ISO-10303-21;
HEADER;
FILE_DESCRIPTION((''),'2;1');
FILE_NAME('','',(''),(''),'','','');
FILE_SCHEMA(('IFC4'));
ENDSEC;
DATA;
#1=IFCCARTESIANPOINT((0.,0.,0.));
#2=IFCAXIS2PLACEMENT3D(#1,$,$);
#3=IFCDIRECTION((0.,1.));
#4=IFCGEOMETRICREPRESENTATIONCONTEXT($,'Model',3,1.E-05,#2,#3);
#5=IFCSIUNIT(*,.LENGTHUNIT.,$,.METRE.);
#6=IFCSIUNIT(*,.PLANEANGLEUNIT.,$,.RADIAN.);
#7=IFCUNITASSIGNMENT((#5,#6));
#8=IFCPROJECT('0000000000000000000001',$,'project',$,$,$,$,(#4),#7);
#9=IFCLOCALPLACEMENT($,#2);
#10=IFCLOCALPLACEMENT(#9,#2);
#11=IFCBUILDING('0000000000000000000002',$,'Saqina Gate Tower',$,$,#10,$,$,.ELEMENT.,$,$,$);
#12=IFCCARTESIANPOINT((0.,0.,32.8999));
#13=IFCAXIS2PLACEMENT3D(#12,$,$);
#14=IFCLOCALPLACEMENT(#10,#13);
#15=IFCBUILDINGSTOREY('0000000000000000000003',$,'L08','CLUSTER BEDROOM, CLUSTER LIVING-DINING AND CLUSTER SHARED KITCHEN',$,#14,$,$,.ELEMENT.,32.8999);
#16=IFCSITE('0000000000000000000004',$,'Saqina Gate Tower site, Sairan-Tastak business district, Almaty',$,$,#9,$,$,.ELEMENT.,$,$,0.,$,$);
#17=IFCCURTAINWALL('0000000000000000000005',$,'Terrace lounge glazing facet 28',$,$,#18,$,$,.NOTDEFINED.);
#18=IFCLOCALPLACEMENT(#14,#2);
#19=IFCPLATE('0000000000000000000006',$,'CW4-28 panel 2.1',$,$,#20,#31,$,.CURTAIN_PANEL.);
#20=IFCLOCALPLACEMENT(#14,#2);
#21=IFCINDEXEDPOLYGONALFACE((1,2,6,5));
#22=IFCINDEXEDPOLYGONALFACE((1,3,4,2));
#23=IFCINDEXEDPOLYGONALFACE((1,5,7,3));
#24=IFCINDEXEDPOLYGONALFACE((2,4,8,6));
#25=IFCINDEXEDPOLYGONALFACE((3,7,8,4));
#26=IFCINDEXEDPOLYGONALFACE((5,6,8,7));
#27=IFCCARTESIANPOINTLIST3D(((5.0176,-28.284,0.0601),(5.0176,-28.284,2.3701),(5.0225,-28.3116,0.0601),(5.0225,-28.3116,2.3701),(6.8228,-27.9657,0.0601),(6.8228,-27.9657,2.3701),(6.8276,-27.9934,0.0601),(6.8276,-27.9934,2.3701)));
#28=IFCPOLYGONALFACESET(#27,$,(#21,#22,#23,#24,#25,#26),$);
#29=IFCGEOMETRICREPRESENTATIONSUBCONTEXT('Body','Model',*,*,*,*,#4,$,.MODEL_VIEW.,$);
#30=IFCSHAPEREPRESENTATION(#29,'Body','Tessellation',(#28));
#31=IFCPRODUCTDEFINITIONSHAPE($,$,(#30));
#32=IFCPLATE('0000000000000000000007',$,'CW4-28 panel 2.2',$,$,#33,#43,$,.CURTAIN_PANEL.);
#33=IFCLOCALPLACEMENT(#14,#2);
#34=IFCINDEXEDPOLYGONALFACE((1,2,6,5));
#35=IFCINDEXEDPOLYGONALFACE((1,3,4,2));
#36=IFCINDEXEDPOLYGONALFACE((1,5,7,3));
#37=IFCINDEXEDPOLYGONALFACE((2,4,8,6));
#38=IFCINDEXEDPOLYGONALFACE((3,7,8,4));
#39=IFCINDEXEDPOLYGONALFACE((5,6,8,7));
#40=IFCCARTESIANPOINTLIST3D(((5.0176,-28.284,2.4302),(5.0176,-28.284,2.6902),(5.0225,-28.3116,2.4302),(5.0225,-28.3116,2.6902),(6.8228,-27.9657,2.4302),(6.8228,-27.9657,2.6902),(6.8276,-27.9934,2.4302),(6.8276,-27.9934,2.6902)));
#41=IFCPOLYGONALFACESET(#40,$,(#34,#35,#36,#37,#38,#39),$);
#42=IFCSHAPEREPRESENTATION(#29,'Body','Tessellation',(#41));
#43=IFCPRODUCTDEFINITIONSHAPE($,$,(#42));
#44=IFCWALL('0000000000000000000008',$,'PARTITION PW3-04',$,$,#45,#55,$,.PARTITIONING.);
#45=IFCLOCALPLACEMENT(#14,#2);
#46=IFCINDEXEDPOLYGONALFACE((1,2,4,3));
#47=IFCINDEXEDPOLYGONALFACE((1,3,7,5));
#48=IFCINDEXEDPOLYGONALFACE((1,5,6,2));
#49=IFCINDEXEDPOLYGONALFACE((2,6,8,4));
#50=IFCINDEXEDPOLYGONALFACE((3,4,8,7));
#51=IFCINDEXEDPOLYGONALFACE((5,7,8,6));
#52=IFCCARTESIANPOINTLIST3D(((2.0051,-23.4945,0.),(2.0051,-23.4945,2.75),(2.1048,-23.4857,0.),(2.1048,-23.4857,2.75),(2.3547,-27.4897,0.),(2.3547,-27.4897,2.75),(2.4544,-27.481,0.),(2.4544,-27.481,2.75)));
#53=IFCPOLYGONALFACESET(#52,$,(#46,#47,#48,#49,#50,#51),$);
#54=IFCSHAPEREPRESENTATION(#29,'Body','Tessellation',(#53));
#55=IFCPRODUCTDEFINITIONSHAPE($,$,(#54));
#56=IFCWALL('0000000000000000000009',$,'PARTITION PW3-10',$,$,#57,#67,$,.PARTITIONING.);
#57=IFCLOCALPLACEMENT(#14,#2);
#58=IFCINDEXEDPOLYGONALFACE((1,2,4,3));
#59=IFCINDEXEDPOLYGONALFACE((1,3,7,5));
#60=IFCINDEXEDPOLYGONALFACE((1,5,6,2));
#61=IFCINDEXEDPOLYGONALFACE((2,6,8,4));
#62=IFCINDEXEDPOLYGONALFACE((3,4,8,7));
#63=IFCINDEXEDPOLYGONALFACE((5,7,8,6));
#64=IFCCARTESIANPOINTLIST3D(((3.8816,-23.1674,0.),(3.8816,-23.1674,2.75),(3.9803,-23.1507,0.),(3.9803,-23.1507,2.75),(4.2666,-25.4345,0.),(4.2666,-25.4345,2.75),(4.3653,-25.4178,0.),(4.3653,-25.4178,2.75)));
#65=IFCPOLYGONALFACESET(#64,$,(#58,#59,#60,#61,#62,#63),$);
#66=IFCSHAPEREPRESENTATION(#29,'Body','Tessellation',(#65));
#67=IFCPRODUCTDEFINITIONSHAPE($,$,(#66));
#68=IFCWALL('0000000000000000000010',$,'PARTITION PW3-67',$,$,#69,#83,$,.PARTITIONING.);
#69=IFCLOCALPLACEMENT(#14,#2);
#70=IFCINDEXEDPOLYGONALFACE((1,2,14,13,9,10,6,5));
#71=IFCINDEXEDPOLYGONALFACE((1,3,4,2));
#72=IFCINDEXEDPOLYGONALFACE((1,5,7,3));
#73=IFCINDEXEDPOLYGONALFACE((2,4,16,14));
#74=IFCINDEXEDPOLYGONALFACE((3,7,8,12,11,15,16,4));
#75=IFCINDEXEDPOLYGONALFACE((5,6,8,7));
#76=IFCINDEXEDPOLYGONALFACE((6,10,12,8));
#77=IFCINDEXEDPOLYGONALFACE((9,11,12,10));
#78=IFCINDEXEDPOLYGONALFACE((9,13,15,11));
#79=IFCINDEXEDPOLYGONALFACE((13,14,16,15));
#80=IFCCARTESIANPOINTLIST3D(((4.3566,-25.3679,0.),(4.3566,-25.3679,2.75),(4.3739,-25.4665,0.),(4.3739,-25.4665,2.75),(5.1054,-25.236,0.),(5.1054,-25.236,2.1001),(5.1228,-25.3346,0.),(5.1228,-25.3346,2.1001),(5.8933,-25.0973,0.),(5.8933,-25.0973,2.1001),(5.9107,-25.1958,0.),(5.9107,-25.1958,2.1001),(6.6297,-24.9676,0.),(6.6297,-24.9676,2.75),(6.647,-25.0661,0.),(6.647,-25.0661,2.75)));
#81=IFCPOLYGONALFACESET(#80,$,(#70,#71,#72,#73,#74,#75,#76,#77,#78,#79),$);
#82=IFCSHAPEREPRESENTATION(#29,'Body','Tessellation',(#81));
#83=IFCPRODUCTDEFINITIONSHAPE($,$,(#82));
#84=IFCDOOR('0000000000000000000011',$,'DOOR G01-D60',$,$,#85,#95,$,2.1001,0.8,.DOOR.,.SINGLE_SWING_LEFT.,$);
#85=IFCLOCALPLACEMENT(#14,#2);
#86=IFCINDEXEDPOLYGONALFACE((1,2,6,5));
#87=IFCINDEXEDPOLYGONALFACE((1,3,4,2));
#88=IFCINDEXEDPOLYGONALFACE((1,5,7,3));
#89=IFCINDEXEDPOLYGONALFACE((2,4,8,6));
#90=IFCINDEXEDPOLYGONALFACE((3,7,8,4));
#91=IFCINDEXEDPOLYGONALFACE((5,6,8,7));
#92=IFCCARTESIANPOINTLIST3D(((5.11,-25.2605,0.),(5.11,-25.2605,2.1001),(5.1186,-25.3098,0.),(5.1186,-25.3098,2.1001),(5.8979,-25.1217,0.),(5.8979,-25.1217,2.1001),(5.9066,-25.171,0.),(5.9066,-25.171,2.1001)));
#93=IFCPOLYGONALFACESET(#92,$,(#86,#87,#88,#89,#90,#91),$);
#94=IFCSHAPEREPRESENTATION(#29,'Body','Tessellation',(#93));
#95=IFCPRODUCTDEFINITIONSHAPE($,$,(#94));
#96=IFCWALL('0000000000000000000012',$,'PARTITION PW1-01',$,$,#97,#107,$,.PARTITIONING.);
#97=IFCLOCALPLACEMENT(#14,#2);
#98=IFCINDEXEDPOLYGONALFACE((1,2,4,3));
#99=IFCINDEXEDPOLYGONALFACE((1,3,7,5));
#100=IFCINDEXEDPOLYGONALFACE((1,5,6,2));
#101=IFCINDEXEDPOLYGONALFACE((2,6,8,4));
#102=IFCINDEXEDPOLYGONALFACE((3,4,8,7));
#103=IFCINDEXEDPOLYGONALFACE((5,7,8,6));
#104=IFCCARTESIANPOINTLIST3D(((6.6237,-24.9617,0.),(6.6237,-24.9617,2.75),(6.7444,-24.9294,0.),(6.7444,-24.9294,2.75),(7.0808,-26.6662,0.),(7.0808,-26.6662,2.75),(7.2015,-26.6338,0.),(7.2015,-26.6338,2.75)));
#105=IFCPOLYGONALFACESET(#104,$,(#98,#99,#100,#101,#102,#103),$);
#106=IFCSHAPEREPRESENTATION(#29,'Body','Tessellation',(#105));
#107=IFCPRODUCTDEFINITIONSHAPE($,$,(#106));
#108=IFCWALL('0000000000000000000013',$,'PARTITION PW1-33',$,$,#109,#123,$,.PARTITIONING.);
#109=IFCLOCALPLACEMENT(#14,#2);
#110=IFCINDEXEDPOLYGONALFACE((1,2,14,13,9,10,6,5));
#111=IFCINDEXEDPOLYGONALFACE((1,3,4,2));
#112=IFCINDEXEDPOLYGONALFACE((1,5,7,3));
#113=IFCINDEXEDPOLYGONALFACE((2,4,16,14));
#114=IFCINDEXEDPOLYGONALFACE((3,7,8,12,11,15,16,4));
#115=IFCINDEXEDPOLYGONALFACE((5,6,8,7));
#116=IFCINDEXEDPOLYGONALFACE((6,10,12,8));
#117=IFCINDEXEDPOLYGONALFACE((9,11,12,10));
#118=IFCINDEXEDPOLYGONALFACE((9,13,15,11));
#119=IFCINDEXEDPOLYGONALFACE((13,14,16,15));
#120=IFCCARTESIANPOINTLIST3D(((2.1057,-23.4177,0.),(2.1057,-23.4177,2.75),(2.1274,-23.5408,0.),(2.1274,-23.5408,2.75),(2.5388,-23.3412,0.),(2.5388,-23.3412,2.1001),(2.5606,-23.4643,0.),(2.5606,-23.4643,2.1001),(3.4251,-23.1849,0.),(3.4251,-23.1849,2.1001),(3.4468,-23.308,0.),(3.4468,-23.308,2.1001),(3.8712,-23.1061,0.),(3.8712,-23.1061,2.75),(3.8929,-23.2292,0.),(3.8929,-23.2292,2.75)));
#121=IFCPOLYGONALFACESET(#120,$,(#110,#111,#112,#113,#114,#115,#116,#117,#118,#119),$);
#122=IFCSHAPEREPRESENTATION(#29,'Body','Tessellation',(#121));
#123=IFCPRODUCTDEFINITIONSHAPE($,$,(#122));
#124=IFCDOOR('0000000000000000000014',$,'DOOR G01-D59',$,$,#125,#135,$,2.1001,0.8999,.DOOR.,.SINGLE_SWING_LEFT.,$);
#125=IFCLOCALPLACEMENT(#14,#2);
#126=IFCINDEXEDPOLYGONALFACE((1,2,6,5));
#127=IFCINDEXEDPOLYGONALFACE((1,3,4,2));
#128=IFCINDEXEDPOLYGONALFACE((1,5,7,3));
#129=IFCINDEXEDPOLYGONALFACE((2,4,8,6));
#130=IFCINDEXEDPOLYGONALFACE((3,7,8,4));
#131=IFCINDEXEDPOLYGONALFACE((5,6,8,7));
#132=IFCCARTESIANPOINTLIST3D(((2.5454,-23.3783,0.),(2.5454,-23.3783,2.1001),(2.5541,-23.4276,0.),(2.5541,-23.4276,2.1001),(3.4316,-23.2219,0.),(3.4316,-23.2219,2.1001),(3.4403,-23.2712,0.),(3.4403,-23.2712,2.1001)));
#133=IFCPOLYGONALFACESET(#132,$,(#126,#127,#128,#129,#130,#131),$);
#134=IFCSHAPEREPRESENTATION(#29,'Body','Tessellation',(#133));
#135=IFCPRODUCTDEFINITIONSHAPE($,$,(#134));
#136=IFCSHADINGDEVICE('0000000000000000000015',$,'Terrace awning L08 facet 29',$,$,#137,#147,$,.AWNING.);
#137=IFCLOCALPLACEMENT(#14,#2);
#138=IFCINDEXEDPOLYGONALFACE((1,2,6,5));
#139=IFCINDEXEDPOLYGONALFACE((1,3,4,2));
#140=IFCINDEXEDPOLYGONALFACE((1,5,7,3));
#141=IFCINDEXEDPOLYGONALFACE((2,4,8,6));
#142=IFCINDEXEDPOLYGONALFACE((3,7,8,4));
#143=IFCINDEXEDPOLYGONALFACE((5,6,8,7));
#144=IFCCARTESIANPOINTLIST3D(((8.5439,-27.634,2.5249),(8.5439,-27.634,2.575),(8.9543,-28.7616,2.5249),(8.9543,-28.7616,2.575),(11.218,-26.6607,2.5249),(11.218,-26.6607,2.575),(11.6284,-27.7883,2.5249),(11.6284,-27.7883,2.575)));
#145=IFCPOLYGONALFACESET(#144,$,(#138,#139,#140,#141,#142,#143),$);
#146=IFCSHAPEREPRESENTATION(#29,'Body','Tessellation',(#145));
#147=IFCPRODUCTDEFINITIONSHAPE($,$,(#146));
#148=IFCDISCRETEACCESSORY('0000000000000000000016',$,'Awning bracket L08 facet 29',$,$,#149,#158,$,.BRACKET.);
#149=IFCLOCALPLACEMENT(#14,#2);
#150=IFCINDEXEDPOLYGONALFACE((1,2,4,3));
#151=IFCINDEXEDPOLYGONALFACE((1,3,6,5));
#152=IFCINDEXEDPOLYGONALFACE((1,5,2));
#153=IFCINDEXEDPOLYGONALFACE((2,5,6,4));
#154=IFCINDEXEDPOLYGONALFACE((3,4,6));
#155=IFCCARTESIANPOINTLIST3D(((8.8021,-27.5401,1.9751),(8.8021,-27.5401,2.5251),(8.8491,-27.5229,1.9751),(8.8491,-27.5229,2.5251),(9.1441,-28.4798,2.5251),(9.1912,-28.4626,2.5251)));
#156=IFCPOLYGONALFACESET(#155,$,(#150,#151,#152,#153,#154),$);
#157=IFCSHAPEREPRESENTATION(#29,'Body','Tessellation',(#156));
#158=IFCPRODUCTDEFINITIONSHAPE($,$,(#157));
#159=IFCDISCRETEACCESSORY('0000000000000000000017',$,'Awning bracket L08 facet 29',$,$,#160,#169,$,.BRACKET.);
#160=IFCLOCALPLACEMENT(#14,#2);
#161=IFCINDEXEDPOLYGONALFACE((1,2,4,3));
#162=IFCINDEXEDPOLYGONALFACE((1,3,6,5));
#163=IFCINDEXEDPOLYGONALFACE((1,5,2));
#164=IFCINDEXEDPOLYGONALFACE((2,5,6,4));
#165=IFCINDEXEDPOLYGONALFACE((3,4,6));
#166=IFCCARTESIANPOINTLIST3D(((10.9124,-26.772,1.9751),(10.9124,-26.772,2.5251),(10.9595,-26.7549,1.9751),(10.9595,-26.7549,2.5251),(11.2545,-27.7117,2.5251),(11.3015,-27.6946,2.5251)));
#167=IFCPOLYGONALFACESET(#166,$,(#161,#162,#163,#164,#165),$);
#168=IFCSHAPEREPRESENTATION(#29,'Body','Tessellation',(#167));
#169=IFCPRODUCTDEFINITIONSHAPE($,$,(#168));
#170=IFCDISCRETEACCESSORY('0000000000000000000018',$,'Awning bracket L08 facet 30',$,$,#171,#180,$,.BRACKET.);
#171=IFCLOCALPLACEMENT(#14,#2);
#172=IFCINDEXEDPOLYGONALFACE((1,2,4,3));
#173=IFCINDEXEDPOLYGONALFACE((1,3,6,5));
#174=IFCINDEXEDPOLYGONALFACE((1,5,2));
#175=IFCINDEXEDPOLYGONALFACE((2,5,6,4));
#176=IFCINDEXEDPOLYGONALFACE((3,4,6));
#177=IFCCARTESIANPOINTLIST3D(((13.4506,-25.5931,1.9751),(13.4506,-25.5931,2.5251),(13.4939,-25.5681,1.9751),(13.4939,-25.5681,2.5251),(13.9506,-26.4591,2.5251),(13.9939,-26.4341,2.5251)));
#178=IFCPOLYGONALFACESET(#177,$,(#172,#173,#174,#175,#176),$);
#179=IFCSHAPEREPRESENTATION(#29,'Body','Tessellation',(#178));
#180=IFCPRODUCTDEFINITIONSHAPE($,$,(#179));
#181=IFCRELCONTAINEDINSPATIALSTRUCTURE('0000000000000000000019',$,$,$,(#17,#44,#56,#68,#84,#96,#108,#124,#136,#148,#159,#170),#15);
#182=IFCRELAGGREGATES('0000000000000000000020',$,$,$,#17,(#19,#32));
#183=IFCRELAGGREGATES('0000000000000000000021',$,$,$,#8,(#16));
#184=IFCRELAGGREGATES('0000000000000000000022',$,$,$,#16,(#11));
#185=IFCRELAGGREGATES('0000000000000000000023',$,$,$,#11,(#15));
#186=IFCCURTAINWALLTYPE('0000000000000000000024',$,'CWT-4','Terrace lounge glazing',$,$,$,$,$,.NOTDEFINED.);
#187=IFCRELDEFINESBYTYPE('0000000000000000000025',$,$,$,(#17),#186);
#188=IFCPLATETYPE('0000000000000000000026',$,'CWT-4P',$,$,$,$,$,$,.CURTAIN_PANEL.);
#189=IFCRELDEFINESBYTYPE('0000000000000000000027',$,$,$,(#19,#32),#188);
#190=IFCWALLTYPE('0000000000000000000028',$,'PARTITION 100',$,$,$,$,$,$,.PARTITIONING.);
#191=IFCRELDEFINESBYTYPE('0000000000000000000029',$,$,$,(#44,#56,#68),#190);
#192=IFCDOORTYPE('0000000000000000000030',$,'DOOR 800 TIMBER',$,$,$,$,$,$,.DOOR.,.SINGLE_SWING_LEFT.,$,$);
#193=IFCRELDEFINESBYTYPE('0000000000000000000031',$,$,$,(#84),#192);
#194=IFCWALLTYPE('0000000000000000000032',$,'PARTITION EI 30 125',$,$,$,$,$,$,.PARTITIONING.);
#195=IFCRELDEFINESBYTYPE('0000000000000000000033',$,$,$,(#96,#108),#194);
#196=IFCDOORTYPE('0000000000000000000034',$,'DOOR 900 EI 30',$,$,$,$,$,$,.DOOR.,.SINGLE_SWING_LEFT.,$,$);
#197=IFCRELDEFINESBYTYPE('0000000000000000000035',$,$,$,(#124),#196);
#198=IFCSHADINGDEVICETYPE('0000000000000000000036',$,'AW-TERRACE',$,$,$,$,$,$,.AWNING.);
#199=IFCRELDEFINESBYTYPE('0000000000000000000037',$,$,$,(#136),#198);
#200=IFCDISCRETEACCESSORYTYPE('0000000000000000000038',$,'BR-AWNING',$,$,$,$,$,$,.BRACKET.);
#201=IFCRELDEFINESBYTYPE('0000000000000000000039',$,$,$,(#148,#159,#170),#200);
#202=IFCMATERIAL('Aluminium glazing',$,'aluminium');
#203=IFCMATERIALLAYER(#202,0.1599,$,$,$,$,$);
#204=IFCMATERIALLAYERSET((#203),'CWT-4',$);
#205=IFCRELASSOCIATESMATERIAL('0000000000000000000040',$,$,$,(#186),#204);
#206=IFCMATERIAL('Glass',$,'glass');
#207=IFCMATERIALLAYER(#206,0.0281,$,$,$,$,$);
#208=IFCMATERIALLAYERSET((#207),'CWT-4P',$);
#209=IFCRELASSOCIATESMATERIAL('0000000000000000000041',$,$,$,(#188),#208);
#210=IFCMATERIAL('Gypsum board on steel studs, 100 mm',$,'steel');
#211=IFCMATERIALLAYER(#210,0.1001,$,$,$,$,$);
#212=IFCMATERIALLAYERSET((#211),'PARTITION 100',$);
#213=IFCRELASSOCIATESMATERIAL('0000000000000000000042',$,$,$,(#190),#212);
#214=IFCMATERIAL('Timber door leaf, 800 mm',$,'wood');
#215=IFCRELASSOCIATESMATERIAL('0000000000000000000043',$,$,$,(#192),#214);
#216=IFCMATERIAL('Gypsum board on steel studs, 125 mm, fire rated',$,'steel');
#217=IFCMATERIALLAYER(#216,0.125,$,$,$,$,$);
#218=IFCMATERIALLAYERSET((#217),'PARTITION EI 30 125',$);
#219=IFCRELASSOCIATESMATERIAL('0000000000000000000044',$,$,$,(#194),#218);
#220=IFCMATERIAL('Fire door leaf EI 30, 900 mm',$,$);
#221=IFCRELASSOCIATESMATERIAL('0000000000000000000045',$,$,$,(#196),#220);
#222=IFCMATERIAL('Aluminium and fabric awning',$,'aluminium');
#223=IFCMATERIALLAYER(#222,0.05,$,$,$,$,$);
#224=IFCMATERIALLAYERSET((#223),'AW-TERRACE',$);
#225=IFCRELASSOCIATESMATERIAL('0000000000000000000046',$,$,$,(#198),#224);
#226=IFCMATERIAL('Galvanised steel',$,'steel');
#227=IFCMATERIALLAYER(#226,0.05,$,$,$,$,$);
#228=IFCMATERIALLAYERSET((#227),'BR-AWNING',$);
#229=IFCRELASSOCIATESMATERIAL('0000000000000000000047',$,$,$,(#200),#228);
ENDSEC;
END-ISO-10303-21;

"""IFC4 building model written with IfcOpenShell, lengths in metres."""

from ifc_helpers import new_model, si_unit, direction, frame, frame_2d, origin, origin_2d, place, context, subcontext, project, spatial, polyline, rectangle, outline, extrude, material, layer, layer_set, type_object, element, fill, aggregate, save


model = new_model("IFC4")

# Units and contexts
model_context = context("Model", 3, precision=1e-05, world=origin(), true_north=direction((0.0, 1.0)))
body_context = subcontext(model_context, "Body", "Model", "MODEL_VIEW")
ifc_project = project(units=[si_unit("LENGTHUNIT", "METRE"), si_unit("PLANEANGLEUNIT", "RADIAN")], contexts=[model_context])

# Site, building, storey
site_placement = place(None, origin())
site = spatial("IfcSite", under=ifc_project, at=site_placement, Name="Saqina Gate Tower site, Sairan-Tastak business district, Almaty", CompositionType="ELEMENT", RefElevation=0.0)
building_placement = place(site_placement, origin())
building = spatial("IfcBuilding", under=site, at=building_placement, Name="Saqina Gate Tower", CompositionType="ELEMENT")
storey_placement = place(building_placement, frame((0.0, 0.0, 32.8999)))
storey = spatial("IfcBuildingStorey", under=building, at=storey_placement, Name="L08", Description="CLUSTER BEDROOM, CLUSTER LIVING-DINING AND CLUSTER SHARED KITCHEN", CompositionType="ELEMENT", Elevation=32.8999)

# Curtain wall, plates
ifc_material_1 = material(Name="Aluminium glazing", Category="aluminium")
ifc_layer_1 = layer(ifc_material_1, 0.1599)
ifc_layer_set_1 = layer_set([ifc_layer_1], Name="CWT-4")
curtain_wall_type = type_object("IfcCurtainWallType", Name="CWT-4", Description="Terrace lounge glazing", PredefinedType="NOTDEFINED", material=ifc_layer_set_1)
curtain_wall_placement = place(storey_placement, origin())
curtain_wall = element("IfcCurtainWall", 1, at=curtain_wall_placement, inside=storey, type_object=curtain_wall_type, Name="Terrace lounge glazing facet 28", PredefinedType="NOTDEFINED")
ifc_material_2 = material(Name="Glass", Category="glass")
ifc_layer_2 = layer(ifc_material_2, 0.0281)
ifc_layer_set_2 = layer_set([ifc_layer_2], Name="CWT-4P")
plate_type = type_object("IfcPlateType", Name="CWT-4P", PredefinedType="CURTAIN_PANEL", material=ifc_layer_set_2)
plate_1_placement = place(storey_placement, frame((5.9226, -28.1387, 0.0601), z_axis=(0.0, 0.0, 1.0), x_axis=(0.984809, 0.173643, 0.0)))
plate_1 = element("IfcPlate", 2, at=plate_1_placement, type_object=plate_type, Name="CW4-28 panel 2.1", PredefinedType="CURTAIN_PANEL", context=body_context, shape_type="SweptSolid", body=[
    extrude(rectangle(XDim=1.833, YDim=0.0281, at=origin_2d()), origin(), (0.0, 0.0, 1.0), 2.3101),
])
plate_2_placement = place(storey_placement, frame((5.9226, -28.1387, 2.4302), z_axis=(0.0, 0.0, 1.0), x_axis=(0.984809, 0.173643, 0.0)))
plate_2 = element("IfcPlate", 3, at=plate_2_placement, type_object=plate_type, Name="CW4-28 panel 2.2", PredefinedType="CURTAIN_PANEL", context=body_context, shape_type="SweptSolid", body=[
    extrude(rectangle(XDim=1.833, YDim=0.0281, at=origin_2d()), origin(), (0.0, 0.0, 1.0), 0.26),
])
aggregate(curtain_wall, [plate_1, plate_2])

# Walls
ifc_material_3 = material(Name="Gypsum board on steel studs, 100 mm", Category="steel")
ifc_layer_3 = layer(ifc_material_3, 0.1001)
ifc_layer_set_3 = layer_set([ifc_layer_3], Name="PARTITION 100")
wall_type_1 = type_object("IfcWallType", Name="PARTITION 100", PredefinedType="PARTITIONING", material=ifc_layer_set_3)
wall_1_placement = place(storey_placement, frame((2.0549, -23.49, 0.0), z_axis=(0.0, 0.0, 1.0), x_axis=(0.087176, -0.996193, 0.0)))
element("IfcWall", 4, at=wall_1_placement, inside=storey, type_object=wall_type_1, Name="PARTITION PW3-04", PredefinedType="PARTITIONING", context=body_context, shape_type="SweptSolid", body=[
    extrude(rectangle(XDim=4.0105, YDim=0.1001, at=frame_2d((2.0054, 0.0))), origin(), (0.0, 0.0, 1.0), 2.75),
])
wall_2_placement = place(storey_placement, frame((3.9309, -23.1589, 0.0), z_axis=(0.0, 0.0, 1.0), x_axis=(0.167428, -0.985884, 0.0)))
element("IfcWall", 5, at=wall_2_placement, inside=storey, type_object=wall_type_1, Name="PARTITION PW3-10", PredefinedType="PARTITIONING", context=body_context, shape_type="SweptSolid", body=[
    extrude(rectangle(XDim=2.2996, YDim=0.1001, at=frame_2d((1.1499, 0.0))), origin(), (0.0, 0.0, 1.0), 2.75),
])

# Wall, opening, door
wall_3_placement = place(storey_placement, frame((4.3652, -25.4172, 0.0), z_axis=(0.0, 0.0, 1.0), x_axis=(0.98484, 0.173466, 0.0)))
wall_3 = element("IfcWall", 6, at=wall_3_placement, inside=storey, type_object=wall_type_1, Name="PARTITION PW3-67", PredefinedType="PARTITIONING", context=body_context, shape_type="SweptSolid", body=[
    extrude(rectangle(XDim=2.3081, YDim=0.1001, at=frame_2d((1.1541, 0.0))), origin(), (0.0, 0.0, 1.0), 2.75),
])
opening_1_placement = place(wall_3_placement, frame((0.7605, 0.0, 0.0)))
opening_1 = element("IfcOpeningElement", 7, at=opening_1_placement, cuts=wall_3, PredefinedType="OPENING", context=body_context, shape_type="SweptSolid", body=[
    extrude(rectangle(XDim=0.8, YDim=2.1001, at=frame_2d((0.3999, 1.05))), frame((0.0, 0.062, 0.0), z_axis=(0.0, -1.0, 0.0), x_axis=(1.0, 0.0, 0.0)), (0.0, 0.0, 1.0), 0.124),
])
ifc_material_4 = material(Name="Timber door leaf, 800 mm", Category="wood")
door_type_1 = type_object("IfcDoorType", Name="DOOR 800 TIMBER", OperationType="SINGLE_SWING_LEFT", PredefinedType="DOOR", material=ifc_material_4)
door_1_placement = place(opening_1_placement, frame((0.8, 0.0, 0.0), z_axis=(0.0, 0.0, 1.0), x_axis=(-1.0, 0.0, 0.0)))
door_1 = element("IfcDoor", 8, at=door_1_placement, inside=storey, type_object=door_type_1, Name="DOOR G01-D60", OperationType="SINGLE_SWING_LEFT", OverallHeight=2.1001, OverallWidth=0.8, PredefinedType="DOOR", context=body_context, shape_type="SweptSolid", body=[
    extrude(rectangle(XDim=0.8, YDim=2.1001, at=frame_2d((0.3999, 1.05))), frame((0.0, 0.0249, 0.0), z_axis=(0.0, -1.0, 0.0), x_axis=(1.0, 0.0, 0.0)), (0.0, 0.0, 1.0), 0.05),
])
fill(opening_1, door_1)

# Wall
ifc_material_5 = material(Name="Gypsum board on steel studs, 125 mm, fire rated", Category="steel")
ifc_layer_4 = layer(ifc_material_5, 0.125)
ifc_layer_set_4 = layer_set([ifc_layer_4], Name="PARTITION EI 30 125")
wall_type_2 = type_object("IfcWallType", Name="PARTITION EI 30 125", PredefinedType="PARTITIONING", material=ifc_layer_set_4)
wall_4_placement = place(storey_placement, frame((6.6841, -24.9456, 0.0), z_axis=(0.0, 0.0, 1.0), x_axis=(0.259006, -0.965876, 0.0)))
element("IfcWall", 9, at=wall_4_placement, inside=storey, type_object=wall_type_2, Name="PARTITION PW1-01", PredefinedType="PARTITIONING", context=body_context, shape_type="SweptSolid", body=[
    extrude(rectangle(XDim=1.7646, YDim=0.125, at=frame_2d((0.8823, 0.0))), origin(), (0.0, 0.0, 1.0), 2.75),
])

# Wall, opening, door
wall_5_placement = place(storey_placement, frame((2.1165, -23.4792, 0.0), z_axis=(0.0, 0.0, 1.0), x_axis=(0.984785, 0.173778, 0.0)))
wall_5 = element("IfcWall", 10, at=wall_5_placement, inside=storey, type_object=wall_type_2, Name="PARTITION PW1-33", PredefinedType="PARTITIONING", context=body_context, shape_type="SweptSolid", body=[
    extrude(rectangle(XDim=1.7927, YDim=0.125, at=frame_2d((0.8965, 0.0))), origin(), (0.0, 0.0, 1.0), 2.75),
])
opening_2_placement = place(wall_5_placement, frame((0.4399, 0.0, 0.0)))
opening_2 = element("IfcOpeningElement", 11, at=opening_2_placement, cuts=wall_5, PredefinedType="OPENING", context=body_context, shape_type="SweptSolid", body=[
    extrude(rectangle(XDim=0.8999, YDim=2.1001, at=frame_2d((0.45, 1.05))), frame((0.0, 0.0745, 0.0), z_axis=(0.0, -1.0, 0.0), x_axis=(1.0, 0.0, 0.0)), (0.0, 0.0, 1.0), 0.1489),
])
ifc_material_6 = material(Name="Fire door leaf EI 30, 900 mm")
door_type_2 = type_object("IfcDoorType", Name="DOOR 900 EI 30", OperationType="SINGLE_SWING_LEFT", PredefinedType="DOOR", material=ifc_material_6)
door_2_placement = place(opening_2_placement, origin())
door_2 = element("IfcDoor", 12, at=door_2_placement, inside=storey, type_object=door_type_2, Name="DOOR G01-D59", OperationType="SINGLE_SWING_LEFT", OverallHeight=2.1001, OverallWidth=0.8999, PredefinedType="DOOR", context=body_context, shape_type="SweptSolid", body=[
    extrude(rectangle(XDim=0.8999, YDim=2.1001, at=frame_2d((0.45, 1.05))), frame((0.0, 0.0249, 0.0), z_axis=(0.0, -1.0, 0.0), x_axis=(1.0, 0.0, 0.0)), (0.0, 0.0, 1.0), 0.05),
])
fill(opening_2, door_2)

# Shading device
ifc_material_7 = material(Name="Aluminium and fabric awning", Category="aluminium")
ifc_layer_5 = layer(ifc_material_7, 0.05)
ifc_layer_set_5 = layer_set([ifc_layer_5], Name="AW-TERRACE")
shading_device_type = type_object("IfcShadingDeviceType", Name="AW-TERRACE", PredefinedType="AWNING", material=ifc_layer_set_5)
shading_device_placement = place(storey_placement, frame((10.0862, -27.7112, 2.5249), z_axis=(0.0, 0.0, 1.0), x_axis=(0.939693, 0.34202, 0.0)))
element("IfcShadingDevice", 13, at=shading_device_placement, inside=storey, type_object=shading_device_type, Name="Terrace awning L08 facet 29", PredefinedType="AWNING", context=body_context, shape_type="SweptSolid", body=[
    extrude(rectangle(XDim=2.8457, YDim=1.2, at=origin_2d()), origin(), (0.0, 0.0, 1.0), 0.05),
])

# Discrete accessories
ifc_material_8 = material(Name="Galvanised steel", Category="steel")
ifc_layer_6 = layer(ifc_material_8, 0.05)
ifc_layer_set_6 = layer_set([ifc_layer_6], Name="BR-AWNING")
discrete_accessory_type = type_object("IfcDiscreteAccessoryType", Name="BR-AWNING", PredefinedType="BRACKET", material=ifc_layer_set_6)
for number, where, z_axis, x_axis, name in (
    (14, (8.8491, -27.5229, 1.9751), (0.939686, 0.342037, 0.0), (0.0, 0.0, 1.0), "Awning bracket L08 facet 29"),
    (15, (10.9595, -26.7549, 1.9751), (0.939686, 0.342037, 0.0), (0.0, 0.0, 1.0), "Awning bracket L08 facet 29"),
):
    element("IfcDiscreteAccessory", number, at=place(storey_placement, frame(where, z_axis=z_axis, x_axis=x_axis)), inside=storey, type_object=discrete_accessory_type, Name=name, PredefinedType="BRACKET", context=body_context, shape_type="SweptSolid", body=[
        extrude(outline(polyline([(0.0, 0.0), (0.55, 0.0), (0.55, 1.0), (0.0, 0.0)])), origin(), (0.0, 0.0, -1.0), 0.05),
    ])
discrete_accessory_placement = place(storey_placement, frame((13.4939, -25.5681, 1.9751), z_axis=(0.866011, 0.500025, 0.0), x_axis=(0.0, 0.0, 1.0)))
element("IfcDiscreteAccessory", 16, at=discrete_accessory_placement, inside=storey, type_object=discrete_accessory_type, Name="Awning bracket L08 facet 30", PredefinedType="BRACKET", context=body_context, shape_type="SweptSolid", body=[
    extrude(outline(polyline([(0.0, 0.0), (0.55, 0.0), (0.55, 0.9999), (0.0, 0.0)])), origin(), (0.0, 0.0, -1.0), 0.05),
])

save(model, "model.ifc")
